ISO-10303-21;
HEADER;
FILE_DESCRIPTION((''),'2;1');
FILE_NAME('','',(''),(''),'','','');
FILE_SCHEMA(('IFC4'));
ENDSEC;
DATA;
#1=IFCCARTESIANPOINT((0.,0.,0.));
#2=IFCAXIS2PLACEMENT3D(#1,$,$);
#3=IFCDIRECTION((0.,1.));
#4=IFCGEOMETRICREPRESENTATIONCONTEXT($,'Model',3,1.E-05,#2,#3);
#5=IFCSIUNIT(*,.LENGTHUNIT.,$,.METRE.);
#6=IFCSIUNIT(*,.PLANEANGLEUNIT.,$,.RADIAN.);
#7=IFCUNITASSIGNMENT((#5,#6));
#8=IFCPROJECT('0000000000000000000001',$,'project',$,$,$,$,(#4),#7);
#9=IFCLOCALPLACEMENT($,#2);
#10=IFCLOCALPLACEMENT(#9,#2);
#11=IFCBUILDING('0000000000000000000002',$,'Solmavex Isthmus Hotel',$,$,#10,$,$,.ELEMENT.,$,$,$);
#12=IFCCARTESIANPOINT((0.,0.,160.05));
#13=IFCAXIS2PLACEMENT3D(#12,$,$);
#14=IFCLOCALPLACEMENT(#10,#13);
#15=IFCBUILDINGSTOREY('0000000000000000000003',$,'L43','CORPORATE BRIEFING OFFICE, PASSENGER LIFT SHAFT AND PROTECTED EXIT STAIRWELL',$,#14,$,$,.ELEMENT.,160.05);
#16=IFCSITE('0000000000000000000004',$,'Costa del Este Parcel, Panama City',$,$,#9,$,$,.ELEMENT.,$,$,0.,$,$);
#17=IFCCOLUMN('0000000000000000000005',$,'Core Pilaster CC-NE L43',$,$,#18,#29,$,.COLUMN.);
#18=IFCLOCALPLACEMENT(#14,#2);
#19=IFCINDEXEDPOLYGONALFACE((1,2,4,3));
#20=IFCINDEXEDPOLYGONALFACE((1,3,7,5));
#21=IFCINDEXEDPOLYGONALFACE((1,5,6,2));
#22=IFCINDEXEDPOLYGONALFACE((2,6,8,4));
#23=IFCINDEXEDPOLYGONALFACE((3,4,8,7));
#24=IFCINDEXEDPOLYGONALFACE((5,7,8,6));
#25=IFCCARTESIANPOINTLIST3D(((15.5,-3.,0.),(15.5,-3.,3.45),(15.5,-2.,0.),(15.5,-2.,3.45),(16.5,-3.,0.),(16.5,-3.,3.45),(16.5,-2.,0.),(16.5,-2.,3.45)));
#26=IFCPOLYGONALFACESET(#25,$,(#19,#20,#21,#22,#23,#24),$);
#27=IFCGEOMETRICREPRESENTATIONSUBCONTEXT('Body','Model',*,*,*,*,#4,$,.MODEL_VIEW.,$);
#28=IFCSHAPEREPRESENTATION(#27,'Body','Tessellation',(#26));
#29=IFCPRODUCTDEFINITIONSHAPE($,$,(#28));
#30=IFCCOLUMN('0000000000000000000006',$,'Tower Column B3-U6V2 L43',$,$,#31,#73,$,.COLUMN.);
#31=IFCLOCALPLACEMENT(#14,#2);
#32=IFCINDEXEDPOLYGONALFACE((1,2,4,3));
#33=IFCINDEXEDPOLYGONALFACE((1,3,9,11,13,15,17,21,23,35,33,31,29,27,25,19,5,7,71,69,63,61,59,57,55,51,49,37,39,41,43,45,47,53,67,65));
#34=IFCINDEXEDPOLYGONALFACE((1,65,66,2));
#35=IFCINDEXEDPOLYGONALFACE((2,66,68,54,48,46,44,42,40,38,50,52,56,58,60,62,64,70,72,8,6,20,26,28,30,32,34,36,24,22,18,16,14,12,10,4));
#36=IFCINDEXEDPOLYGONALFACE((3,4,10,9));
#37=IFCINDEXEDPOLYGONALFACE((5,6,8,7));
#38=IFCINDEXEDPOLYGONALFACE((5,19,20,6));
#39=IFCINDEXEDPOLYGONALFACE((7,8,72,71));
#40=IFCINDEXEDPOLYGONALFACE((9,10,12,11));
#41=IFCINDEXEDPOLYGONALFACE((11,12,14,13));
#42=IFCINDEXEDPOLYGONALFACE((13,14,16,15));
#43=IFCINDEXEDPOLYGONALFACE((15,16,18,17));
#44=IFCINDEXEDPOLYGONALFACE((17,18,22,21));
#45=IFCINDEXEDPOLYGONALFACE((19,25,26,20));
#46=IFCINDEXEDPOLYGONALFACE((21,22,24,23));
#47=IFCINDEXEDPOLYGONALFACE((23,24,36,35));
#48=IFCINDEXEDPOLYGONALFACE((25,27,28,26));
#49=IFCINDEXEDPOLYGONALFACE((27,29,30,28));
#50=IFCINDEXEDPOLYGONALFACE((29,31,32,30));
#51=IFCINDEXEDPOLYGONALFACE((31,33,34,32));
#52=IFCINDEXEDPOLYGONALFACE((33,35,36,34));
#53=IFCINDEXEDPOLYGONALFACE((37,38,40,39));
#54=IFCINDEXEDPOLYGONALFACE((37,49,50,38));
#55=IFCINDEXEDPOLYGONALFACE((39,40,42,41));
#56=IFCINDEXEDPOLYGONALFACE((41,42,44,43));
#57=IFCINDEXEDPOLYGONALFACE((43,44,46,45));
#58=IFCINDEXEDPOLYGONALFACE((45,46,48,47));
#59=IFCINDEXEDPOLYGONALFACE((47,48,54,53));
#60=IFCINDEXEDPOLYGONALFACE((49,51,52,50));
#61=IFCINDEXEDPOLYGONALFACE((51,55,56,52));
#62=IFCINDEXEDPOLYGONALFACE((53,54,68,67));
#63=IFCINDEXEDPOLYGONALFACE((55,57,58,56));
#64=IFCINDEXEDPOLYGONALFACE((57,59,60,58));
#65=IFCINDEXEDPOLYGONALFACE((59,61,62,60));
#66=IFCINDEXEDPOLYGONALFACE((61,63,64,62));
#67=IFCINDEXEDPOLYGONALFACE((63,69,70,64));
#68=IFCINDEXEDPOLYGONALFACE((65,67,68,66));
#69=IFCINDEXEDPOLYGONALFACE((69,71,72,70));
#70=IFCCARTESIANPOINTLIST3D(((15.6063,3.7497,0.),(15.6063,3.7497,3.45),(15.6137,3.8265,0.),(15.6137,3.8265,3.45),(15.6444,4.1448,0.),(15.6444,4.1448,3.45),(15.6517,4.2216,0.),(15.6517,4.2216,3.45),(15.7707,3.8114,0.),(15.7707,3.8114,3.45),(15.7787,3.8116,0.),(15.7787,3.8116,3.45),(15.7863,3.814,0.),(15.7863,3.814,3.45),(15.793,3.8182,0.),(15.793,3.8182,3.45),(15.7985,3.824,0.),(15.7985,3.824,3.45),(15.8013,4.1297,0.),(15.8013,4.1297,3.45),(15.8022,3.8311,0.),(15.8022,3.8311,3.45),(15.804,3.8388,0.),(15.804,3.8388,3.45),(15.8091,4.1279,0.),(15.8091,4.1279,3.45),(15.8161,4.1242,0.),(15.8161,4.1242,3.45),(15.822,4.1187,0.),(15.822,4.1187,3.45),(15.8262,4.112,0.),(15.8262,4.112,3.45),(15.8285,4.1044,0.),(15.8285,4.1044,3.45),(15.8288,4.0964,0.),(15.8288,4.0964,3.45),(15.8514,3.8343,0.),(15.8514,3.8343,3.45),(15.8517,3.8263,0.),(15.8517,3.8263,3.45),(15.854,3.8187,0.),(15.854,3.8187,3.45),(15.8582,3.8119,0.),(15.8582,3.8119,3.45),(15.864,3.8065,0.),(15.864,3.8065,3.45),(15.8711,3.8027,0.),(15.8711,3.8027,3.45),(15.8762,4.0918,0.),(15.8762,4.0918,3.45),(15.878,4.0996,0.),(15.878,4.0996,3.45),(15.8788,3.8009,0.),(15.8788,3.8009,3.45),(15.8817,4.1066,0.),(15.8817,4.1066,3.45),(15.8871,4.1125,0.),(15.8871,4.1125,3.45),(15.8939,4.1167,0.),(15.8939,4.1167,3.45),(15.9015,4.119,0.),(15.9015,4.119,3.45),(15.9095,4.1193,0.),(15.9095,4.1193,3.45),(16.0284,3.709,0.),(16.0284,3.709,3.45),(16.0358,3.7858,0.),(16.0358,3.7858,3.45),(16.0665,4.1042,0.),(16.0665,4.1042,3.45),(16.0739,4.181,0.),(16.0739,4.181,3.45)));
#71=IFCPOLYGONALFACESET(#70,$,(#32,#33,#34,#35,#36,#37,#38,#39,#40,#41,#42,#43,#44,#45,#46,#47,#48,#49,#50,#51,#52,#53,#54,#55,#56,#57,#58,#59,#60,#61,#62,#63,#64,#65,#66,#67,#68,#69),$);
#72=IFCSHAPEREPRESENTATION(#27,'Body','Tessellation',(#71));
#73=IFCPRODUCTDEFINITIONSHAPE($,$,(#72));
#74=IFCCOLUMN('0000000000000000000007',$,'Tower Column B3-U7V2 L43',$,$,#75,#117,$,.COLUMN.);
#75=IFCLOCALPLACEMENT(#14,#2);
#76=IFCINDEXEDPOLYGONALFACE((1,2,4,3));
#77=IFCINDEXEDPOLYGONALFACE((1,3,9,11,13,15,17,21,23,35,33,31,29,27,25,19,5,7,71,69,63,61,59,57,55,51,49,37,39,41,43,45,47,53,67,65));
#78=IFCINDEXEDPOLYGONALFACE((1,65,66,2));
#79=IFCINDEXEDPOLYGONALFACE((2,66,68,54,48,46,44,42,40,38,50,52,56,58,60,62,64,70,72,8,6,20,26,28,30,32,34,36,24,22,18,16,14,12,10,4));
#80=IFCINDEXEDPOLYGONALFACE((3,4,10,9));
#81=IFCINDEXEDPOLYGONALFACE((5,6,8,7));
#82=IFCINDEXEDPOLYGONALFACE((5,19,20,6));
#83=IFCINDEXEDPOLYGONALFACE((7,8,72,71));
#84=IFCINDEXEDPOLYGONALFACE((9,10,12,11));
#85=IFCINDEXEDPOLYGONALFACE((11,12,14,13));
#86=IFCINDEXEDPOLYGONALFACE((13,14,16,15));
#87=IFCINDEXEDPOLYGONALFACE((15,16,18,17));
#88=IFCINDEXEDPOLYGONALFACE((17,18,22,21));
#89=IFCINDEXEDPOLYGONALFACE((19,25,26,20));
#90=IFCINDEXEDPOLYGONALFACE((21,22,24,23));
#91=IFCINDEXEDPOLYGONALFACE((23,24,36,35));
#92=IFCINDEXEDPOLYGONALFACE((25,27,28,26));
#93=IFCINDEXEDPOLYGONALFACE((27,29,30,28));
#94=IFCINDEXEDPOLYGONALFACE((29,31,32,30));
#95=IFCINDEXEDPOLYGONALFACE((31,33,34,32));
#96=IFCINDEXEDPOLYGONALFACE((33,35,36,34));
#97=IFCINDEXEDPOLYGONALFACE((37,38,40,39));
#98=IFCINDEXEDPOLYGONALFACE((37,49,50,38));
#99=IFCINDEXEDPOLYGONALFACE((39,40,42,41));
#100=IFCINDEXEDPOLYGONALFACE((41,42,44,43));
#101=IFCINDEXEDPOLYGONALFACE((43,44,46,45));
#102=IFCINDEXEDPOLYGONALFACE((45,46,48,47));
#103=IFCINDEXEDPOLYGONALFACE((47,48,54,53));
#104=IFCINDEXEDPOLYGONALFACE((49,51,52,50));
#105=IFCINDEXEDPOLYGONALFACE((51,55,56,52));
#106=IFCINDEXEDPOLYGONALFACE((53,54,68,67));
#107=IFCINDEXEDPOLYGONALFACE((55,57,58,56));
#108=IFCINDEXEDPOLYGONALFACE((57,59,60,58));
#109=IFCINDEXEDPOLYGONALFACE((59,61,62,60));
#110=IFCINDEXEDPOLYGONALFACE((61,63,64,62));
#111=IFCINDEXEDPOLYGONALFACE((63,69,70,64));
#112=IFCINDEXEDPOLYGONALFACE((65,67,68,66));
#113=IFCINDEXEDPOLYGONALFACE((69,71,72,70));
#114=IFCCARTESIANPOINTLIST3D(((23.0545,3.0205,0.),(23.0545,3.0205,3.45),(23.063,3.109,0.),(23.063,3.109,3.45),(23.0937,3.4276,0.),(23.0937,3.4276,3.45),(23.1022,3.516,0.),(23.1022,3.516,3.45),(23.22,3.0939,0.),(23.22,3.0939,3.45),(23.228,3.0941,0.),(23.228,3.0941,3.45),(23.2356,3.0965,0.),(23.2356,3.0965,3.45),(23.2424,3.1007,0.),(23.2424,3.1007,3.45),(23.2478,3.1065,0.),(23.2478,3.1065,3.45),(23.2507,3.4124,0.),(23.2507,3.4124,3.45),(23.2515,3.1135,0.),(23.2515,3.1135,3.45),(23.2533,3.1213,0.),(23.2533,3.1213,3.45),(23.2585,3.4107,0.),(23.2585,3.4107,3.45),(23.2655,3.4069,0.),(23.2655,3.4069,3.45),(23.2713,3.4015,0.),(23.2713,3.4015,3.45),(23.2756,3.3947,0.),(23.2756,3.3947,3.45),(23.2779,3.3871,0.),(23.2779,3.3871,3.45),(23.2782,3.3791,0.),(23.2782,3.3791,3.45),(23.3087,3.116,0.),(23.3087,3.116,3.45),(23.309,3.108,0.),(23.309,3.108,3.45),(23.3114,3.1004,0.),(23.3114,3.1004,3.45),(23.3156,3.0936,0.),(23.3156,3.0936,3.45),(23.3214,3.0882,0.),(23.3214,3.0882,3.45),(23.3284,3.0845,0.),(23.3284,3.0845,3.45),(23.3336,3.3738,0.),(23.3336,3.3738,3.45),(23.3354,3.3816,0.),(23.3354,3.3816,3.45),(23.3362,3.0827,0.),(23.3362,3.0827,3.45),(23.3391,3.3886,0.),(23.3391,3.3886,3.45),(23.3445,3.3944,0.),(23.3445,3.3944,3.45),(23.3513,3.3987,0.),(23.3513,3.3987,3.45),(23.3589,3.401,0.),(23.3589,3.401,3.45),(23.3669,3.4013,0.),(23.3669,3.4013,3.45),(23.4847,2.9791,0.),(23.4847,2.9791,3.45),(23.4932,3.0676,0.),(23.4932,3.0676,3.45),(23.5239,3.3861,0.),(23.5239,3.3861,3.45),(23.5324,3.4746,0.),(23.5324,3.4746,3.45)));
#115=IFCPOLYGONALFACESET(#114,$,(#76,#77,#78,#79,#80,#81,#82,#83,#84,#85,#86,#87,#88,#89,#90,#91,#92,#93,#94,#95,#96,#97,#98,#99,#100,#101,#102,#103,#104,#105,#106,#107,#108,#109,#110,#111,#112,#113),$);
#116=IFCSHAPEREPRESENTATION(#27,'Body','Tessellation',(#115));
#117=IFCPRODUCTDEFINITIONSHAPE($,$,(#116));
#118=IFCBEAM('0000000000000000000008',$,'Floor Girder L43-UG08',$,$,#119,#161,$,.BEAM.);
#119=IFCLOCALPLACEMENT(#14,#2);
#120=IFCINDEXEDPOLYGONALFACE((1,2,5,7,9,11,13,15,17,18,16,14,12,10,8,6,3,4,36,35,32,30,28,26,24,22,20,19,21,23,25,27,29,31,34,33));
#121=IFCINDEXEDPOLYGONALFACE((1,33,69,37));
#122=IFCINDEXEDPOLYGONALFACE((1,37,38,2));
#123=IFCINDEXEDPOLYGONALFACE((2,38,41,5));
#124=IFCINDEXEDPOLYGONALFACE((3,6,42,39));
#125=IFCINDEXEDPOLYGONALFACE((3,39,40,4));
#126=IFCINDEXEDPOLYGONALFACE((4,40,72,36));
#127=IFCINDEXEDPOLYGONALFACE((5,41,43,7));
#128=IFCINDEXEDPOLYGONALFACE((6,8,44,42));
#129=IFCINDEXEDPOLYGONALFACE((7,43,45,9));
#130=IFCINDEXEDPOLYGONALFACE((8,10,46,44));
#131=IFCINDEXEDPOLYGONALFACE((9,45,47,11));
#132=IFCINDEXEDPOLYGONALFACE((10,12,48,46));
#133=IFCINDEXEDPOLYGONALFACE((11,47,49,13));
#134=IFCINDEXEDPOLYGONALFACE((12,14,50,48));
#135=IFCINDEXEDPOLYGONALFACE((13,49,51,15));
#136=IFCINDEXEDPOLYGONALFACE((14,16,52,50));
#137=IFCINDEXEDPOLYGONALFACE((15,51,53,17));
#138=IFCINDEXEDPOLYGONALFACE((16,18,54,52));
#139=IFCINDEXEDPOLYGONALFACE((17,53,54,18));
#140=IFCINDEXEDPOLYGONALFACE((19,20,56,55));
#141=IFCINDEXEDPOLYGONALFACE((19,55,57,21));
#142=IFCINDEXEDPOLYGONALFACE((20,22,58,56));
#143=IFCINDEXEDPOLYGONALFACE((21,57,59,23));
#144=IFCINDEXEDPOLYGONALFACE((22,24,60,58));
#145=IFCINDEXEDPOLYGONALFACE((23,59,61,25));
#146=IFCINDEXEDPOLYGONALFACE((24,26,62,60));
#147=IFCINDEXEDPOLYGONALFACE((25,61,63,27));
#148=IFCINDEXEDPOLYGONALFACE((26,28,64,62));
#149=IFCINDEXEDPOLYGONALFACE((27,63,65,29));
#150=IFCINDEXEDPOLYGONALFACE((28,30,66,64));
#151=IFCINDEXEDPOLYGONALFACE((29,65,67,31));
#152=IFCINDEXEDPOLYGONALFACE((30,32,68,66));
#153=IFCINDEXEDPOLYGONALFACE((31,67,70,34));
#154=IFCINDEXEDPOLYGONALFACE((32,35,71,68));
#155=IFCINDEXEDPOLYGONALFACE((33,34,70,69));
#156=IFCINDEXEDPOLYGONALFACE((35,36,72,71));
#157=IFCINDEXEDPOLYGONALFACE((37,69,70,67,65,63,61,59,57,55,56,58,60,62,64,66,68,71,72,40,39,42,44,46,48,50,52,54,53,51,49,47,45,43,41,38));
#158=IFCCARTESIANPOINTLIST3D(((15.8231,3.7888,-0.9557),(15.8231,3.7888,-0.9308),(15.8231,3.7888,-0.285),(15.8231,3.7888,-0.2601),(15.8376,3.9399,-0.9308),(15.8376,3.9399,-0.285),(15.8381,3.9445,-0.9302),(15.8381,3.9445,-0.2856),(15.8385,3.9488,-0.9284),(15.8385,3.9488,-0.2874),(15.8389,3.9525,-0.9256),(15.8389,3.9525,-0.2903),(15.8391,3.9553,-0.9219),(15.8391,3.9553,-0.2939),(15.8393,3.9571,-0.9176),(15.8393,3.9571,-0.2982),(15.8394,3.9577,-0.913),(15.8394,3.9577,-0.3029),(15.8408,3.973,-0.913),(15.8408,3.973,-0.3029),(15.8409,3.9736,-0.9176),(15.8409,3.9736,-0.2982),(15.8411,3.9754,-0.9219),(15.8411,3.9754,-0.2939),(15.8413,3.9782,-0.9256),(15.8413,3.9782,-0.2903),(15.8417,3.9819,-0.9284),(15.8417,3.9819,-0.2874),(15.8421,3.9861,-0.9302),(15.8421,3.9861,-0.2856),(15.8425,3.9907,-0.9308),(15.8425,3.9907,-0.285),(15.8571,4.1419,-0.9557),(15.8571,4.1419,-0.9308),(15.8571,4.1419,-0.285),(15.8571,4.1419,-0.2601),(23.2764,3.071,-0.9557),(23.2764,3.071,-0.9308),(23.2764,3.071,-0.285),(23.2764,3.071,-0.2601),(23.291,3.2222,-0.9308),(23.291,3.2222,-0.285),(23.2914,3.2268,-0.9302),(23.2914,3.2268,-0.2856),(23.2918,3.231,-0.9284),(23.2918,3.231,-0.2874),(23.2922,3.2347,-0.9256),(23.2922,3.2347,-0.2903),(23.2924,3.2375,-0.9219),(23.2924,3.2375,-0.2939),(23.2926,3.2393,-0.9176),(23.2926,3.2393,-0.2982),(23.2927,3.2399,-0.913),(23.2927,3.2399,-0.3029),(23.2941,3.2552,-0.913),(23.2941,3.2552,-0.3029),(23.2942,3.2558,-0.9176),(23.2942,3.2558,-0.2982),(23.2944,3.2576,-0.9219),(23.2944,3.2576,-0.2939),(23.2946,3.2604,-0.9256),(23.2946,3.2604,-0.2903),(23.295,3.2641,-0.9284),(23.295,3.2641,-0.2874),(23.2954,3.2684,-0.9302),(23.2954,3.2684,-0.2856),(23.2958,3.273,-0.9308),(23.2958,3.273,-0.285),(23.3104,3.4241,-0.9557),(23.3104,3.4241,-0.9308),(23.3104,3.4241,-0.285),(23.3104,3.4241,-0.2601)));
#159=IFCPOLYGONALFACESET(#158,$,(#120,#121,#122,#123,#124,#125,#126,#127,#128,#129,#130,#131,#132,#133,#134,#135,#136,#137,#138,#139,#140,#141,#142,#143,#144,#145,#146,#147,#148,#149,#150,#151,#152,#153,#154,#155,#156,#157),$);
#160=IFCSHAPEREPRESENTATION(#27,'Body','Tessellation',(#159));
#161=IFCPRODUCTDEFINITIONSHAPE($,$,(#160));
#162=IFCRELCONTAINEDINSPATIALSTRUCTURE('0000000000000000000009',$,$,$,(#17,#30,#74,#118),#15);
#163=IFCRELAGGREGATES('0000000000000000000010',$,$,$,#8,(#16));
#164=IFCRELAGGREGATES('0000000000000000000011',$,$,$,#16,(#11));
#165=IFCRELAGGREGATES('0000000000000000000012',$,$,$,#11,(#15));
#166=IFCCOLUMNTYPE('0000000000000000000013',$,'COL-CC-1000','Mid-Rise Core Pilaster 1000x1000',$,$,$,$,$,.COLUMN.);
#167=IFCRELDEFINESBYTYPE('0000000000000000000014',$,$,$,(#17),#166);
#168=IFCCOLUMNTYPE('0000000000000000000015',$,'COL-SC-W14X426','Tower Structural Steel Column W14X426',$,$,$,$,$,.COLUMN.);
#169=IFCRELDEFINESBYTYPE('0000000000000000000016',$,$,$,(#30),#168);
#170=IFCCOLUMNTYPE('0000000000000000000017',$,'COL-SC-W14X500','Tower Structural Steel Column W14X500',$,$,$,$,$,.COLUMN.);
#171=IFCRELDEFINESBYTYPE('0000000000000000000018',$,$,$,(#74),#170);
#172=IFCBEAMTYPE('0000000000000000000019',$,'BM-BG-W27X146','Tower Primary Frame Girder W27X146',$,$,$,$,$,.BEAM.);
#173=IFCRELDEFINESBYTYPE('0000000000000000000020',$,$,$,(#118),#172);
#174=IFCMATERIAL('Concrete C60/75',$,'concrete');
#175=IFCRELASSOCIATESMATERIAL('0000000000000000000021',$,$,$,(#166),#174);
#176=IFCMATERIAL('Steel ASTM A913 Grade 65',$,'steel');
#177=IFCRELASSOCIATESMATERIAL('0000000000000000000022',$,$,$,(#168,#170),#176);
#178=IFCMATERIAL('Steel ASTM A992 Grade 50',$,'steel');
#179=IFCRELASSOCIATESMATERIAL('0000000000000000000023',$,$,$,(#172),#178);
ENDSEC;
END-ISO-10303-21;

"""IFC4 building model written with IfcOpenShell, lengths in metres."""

from ifc_helpers import new_model, si_unit, direction, frame, origin, origin_2d, place, context, subcontext, project, spatial, rectangle, i_section, extrude, material, material_profile, profile_set, type_object, element, save


model = new_model("IFC4")

# Units and contexts
model_context = context("Model", 3, precision=1e-05, world=origin(), true_north=direction((0.0, 1.0)))
body_context = subcontext(model_context, "Body", "Model", "MODEL_VIEW")
ifc_project = project(units=[si_unit("LENGTHUNIT", "METRE"), si_unit("PLANEANGLEUNIT", "RADIAN")], contexts=[model_context])

# Site, building, storey
site_placement = place(None, origin())
site = spatial("IfcSite", under=ifc_project, at=site_placement, Name="Costa del Este Parcel, Panama City", CompositionType="ELEMENT", RefElevation=0.0)
building_placement = place(site_placement, origin())
building = spatial("IfcBuilding", under=site, at=building_placement, Name="Solmavex Isthmus Hotel", CompositionType="ELEMENT")
storey_placement = place(building_placement, frame((0.0, 0.0, 160.05)))
storey = spatial("IfcBuildingStorey", under=building, at=storey_placement, Name="L43", Description="CORPORATE BRIEFING OFFICE, PASSENGER LIFT SHAFT AND PROTECTED EXIT STAIRWELL", CompositionType="ELEMENT", Elevation=160.05)

# Columns
ifc_material_1 = material(Name="Concrete C60/75", Category="concrete")
ifc_material_profile_1 = material_profile(ifc_material_1, rectangle(XDim=1.0, YDim=1.0, at=origin_2d()), Name="RC1000X1000")
ifc_profile_set_1 = profile_set([ifc_material_profile_1], Name="Concrete C60/75")
column_type_1 = type_object("IfcColumnType", Name="COL-CC-1000", Description="Mid-Rise Core Pilaster 1000x1000", PredefinedType="COLUMN", material=ifc_profile_set_1)
column_1_placement = place(storey_placement, frame((16.0, -2.5, 0.0), z_axis=(0.0, 0.0, 1.0), x_axis=(1.0, 0.0, 0.0)))
element("IfcColumn", 1, at=column_1_placement, inside=storey, type_object=column_type_1, Name="Core Pilaster CC-NE L43", PredefinedType="COLUMN", context=body_context, shape_type="SweptSolid", body=[
    extrude(rectangle(XDim=1.0, YDim=1.0, at=origin_2d()), origin(), (0.0, 0.0, 1.0), 3.45),
])
ifc_material_2 = material(Name="Steel ASTM A913 Grade 65", Category="steel")
ifc_material_profile_2 = material_profile(ifc_material_2, i_section(OverallWidth=0.4241, OverallDepth=0.4741, WebThickness=0.0476, FlangeThickness=0.0771, FilletRadius=0.0305, at=origin_2d()), Name="W14X426")
ifc_profile_set_2 = profile_set([ifc_material_profile_2], Name="Steel ASTM A913 Grade 65")
column_type_2 = type_object("IfcColumnType", Name="COL-SC-W14X426", Description="Tower Structural Steel Column W14X426", PredefinedType="COLUMN", material=ifc_profile_set_2)
column_2_placement = place(storey_placement, frame((15.8401, 3.9653, 0.0), z_axis=(0.0, 0.0, 1.0), x_axis=(0.995396, -0.095846, 0.0)))
element("IfcColumn", 2, at=column_2_placement, inside=storey, type_object=column_type_2, Name="Tower Column B3-U6V2 L43", PredefinedType="COLUMN", context=body_context, shape_type="SweptSolid", body=[
    extrude(i_section(OverallWidth=0.4241, OverallDepth=0.4741, WebThickness=0.0476, FlangeThickness=0.0771, FilletRadius=0.0305, at=origin_2d()), origin(), (0.0, 0.0, 1.0), 3.45),
])
ifc_material_profile_3 = material_profile(ifc_material_2, i_section(OverallWidth=0.4321, OverallDepth=0.4978, WebThickness=0.0557, FlangeThickness=0.0889, FilletRadius=0.0305, at=origin_2d()), Name="W14X500")
ifc_profile_set_3 = profile_set([ifc_material_profile_3], Name="Steel ASTM A913 Grade 65")
column_type_3 = type_object("IfcColumnType", Name="COL-SC-W14X500", Description="Tower Structural Steel Column W14X500", PredefinedType="COLUMN", material=ifc_profile_set_3)
column_3_placement = place(storey_placement, frame((23.2935, 3.2476, 0.0), z_axis=(0.0, 0.0, 1.0), x_axis=(0.995396, -0.095846, 0.0)))
element("IfcColumn", 3, at=column_3_placement, inside=storey, type_object=column_type_3, Name="Tower Column B3-U7V2 L43", PredefinedType="COLUMN", context=body_context, shape_type="SweptSolid", body=[
    extrude(i_section(OverallWidth=0.4321, OverallDepth=0.4978, WebThickness=0.0557, FlangeThickness=0.0889, FilletRadius=0.0305, at=origin_2d()), origin(), (0.0, 0.0, 1.0), 3.45),
])

# Beam
ifc_material_3 = material(Name="Steel ASTM A992 Grade 50", Category="steel")
ifc_material_profile_4 = material_profile(ifc_material_3, i_section(OverallWidth=0.3547, OverallDepth=0.6956, WebThickness=0.0154, FlangeThickness=0.0249, FilletRadius=0.0178, at=origin_2d()), Name="W27X146")
ifc_profile_set_4 = profile_set([ifc_material_profile_4], Name="Steel ASTM A992 Grade 50")
beam_type_1 = type_object("IfcBeamType", Name="BM-BG-W27X146", Description="Tower Primary Frame Girder W27X146", PredefinedType="BEAM", material=ifc_profile_set_4)
beam_1_placement = place(storey_placement, frame((15.8401, 3.9653, -0.6079), z_axis=(0.995395, -0.095858, 0.0), x_axis=(0.095858, 0.995395, 0.0)))
element("IfcBeam", 4, at=beam_1_placement, inside=storey, type_object=beam_type_1, Name="Floor Girder L43-UG08", PredefinedType="BEAM", context=body_context, shape_type="SweptSolid", body=[
    extrude(i_section(OverallWidth=0.3547, OverallDepth=0.6956, WebThickness=0.0154, FlangeThickness=0.0249, FilletRadius=0.0178, at=origin_2d()), origin(), (0.0, 0.0, 1.0), 7.4878),
])

save(model, "model.ifc")
